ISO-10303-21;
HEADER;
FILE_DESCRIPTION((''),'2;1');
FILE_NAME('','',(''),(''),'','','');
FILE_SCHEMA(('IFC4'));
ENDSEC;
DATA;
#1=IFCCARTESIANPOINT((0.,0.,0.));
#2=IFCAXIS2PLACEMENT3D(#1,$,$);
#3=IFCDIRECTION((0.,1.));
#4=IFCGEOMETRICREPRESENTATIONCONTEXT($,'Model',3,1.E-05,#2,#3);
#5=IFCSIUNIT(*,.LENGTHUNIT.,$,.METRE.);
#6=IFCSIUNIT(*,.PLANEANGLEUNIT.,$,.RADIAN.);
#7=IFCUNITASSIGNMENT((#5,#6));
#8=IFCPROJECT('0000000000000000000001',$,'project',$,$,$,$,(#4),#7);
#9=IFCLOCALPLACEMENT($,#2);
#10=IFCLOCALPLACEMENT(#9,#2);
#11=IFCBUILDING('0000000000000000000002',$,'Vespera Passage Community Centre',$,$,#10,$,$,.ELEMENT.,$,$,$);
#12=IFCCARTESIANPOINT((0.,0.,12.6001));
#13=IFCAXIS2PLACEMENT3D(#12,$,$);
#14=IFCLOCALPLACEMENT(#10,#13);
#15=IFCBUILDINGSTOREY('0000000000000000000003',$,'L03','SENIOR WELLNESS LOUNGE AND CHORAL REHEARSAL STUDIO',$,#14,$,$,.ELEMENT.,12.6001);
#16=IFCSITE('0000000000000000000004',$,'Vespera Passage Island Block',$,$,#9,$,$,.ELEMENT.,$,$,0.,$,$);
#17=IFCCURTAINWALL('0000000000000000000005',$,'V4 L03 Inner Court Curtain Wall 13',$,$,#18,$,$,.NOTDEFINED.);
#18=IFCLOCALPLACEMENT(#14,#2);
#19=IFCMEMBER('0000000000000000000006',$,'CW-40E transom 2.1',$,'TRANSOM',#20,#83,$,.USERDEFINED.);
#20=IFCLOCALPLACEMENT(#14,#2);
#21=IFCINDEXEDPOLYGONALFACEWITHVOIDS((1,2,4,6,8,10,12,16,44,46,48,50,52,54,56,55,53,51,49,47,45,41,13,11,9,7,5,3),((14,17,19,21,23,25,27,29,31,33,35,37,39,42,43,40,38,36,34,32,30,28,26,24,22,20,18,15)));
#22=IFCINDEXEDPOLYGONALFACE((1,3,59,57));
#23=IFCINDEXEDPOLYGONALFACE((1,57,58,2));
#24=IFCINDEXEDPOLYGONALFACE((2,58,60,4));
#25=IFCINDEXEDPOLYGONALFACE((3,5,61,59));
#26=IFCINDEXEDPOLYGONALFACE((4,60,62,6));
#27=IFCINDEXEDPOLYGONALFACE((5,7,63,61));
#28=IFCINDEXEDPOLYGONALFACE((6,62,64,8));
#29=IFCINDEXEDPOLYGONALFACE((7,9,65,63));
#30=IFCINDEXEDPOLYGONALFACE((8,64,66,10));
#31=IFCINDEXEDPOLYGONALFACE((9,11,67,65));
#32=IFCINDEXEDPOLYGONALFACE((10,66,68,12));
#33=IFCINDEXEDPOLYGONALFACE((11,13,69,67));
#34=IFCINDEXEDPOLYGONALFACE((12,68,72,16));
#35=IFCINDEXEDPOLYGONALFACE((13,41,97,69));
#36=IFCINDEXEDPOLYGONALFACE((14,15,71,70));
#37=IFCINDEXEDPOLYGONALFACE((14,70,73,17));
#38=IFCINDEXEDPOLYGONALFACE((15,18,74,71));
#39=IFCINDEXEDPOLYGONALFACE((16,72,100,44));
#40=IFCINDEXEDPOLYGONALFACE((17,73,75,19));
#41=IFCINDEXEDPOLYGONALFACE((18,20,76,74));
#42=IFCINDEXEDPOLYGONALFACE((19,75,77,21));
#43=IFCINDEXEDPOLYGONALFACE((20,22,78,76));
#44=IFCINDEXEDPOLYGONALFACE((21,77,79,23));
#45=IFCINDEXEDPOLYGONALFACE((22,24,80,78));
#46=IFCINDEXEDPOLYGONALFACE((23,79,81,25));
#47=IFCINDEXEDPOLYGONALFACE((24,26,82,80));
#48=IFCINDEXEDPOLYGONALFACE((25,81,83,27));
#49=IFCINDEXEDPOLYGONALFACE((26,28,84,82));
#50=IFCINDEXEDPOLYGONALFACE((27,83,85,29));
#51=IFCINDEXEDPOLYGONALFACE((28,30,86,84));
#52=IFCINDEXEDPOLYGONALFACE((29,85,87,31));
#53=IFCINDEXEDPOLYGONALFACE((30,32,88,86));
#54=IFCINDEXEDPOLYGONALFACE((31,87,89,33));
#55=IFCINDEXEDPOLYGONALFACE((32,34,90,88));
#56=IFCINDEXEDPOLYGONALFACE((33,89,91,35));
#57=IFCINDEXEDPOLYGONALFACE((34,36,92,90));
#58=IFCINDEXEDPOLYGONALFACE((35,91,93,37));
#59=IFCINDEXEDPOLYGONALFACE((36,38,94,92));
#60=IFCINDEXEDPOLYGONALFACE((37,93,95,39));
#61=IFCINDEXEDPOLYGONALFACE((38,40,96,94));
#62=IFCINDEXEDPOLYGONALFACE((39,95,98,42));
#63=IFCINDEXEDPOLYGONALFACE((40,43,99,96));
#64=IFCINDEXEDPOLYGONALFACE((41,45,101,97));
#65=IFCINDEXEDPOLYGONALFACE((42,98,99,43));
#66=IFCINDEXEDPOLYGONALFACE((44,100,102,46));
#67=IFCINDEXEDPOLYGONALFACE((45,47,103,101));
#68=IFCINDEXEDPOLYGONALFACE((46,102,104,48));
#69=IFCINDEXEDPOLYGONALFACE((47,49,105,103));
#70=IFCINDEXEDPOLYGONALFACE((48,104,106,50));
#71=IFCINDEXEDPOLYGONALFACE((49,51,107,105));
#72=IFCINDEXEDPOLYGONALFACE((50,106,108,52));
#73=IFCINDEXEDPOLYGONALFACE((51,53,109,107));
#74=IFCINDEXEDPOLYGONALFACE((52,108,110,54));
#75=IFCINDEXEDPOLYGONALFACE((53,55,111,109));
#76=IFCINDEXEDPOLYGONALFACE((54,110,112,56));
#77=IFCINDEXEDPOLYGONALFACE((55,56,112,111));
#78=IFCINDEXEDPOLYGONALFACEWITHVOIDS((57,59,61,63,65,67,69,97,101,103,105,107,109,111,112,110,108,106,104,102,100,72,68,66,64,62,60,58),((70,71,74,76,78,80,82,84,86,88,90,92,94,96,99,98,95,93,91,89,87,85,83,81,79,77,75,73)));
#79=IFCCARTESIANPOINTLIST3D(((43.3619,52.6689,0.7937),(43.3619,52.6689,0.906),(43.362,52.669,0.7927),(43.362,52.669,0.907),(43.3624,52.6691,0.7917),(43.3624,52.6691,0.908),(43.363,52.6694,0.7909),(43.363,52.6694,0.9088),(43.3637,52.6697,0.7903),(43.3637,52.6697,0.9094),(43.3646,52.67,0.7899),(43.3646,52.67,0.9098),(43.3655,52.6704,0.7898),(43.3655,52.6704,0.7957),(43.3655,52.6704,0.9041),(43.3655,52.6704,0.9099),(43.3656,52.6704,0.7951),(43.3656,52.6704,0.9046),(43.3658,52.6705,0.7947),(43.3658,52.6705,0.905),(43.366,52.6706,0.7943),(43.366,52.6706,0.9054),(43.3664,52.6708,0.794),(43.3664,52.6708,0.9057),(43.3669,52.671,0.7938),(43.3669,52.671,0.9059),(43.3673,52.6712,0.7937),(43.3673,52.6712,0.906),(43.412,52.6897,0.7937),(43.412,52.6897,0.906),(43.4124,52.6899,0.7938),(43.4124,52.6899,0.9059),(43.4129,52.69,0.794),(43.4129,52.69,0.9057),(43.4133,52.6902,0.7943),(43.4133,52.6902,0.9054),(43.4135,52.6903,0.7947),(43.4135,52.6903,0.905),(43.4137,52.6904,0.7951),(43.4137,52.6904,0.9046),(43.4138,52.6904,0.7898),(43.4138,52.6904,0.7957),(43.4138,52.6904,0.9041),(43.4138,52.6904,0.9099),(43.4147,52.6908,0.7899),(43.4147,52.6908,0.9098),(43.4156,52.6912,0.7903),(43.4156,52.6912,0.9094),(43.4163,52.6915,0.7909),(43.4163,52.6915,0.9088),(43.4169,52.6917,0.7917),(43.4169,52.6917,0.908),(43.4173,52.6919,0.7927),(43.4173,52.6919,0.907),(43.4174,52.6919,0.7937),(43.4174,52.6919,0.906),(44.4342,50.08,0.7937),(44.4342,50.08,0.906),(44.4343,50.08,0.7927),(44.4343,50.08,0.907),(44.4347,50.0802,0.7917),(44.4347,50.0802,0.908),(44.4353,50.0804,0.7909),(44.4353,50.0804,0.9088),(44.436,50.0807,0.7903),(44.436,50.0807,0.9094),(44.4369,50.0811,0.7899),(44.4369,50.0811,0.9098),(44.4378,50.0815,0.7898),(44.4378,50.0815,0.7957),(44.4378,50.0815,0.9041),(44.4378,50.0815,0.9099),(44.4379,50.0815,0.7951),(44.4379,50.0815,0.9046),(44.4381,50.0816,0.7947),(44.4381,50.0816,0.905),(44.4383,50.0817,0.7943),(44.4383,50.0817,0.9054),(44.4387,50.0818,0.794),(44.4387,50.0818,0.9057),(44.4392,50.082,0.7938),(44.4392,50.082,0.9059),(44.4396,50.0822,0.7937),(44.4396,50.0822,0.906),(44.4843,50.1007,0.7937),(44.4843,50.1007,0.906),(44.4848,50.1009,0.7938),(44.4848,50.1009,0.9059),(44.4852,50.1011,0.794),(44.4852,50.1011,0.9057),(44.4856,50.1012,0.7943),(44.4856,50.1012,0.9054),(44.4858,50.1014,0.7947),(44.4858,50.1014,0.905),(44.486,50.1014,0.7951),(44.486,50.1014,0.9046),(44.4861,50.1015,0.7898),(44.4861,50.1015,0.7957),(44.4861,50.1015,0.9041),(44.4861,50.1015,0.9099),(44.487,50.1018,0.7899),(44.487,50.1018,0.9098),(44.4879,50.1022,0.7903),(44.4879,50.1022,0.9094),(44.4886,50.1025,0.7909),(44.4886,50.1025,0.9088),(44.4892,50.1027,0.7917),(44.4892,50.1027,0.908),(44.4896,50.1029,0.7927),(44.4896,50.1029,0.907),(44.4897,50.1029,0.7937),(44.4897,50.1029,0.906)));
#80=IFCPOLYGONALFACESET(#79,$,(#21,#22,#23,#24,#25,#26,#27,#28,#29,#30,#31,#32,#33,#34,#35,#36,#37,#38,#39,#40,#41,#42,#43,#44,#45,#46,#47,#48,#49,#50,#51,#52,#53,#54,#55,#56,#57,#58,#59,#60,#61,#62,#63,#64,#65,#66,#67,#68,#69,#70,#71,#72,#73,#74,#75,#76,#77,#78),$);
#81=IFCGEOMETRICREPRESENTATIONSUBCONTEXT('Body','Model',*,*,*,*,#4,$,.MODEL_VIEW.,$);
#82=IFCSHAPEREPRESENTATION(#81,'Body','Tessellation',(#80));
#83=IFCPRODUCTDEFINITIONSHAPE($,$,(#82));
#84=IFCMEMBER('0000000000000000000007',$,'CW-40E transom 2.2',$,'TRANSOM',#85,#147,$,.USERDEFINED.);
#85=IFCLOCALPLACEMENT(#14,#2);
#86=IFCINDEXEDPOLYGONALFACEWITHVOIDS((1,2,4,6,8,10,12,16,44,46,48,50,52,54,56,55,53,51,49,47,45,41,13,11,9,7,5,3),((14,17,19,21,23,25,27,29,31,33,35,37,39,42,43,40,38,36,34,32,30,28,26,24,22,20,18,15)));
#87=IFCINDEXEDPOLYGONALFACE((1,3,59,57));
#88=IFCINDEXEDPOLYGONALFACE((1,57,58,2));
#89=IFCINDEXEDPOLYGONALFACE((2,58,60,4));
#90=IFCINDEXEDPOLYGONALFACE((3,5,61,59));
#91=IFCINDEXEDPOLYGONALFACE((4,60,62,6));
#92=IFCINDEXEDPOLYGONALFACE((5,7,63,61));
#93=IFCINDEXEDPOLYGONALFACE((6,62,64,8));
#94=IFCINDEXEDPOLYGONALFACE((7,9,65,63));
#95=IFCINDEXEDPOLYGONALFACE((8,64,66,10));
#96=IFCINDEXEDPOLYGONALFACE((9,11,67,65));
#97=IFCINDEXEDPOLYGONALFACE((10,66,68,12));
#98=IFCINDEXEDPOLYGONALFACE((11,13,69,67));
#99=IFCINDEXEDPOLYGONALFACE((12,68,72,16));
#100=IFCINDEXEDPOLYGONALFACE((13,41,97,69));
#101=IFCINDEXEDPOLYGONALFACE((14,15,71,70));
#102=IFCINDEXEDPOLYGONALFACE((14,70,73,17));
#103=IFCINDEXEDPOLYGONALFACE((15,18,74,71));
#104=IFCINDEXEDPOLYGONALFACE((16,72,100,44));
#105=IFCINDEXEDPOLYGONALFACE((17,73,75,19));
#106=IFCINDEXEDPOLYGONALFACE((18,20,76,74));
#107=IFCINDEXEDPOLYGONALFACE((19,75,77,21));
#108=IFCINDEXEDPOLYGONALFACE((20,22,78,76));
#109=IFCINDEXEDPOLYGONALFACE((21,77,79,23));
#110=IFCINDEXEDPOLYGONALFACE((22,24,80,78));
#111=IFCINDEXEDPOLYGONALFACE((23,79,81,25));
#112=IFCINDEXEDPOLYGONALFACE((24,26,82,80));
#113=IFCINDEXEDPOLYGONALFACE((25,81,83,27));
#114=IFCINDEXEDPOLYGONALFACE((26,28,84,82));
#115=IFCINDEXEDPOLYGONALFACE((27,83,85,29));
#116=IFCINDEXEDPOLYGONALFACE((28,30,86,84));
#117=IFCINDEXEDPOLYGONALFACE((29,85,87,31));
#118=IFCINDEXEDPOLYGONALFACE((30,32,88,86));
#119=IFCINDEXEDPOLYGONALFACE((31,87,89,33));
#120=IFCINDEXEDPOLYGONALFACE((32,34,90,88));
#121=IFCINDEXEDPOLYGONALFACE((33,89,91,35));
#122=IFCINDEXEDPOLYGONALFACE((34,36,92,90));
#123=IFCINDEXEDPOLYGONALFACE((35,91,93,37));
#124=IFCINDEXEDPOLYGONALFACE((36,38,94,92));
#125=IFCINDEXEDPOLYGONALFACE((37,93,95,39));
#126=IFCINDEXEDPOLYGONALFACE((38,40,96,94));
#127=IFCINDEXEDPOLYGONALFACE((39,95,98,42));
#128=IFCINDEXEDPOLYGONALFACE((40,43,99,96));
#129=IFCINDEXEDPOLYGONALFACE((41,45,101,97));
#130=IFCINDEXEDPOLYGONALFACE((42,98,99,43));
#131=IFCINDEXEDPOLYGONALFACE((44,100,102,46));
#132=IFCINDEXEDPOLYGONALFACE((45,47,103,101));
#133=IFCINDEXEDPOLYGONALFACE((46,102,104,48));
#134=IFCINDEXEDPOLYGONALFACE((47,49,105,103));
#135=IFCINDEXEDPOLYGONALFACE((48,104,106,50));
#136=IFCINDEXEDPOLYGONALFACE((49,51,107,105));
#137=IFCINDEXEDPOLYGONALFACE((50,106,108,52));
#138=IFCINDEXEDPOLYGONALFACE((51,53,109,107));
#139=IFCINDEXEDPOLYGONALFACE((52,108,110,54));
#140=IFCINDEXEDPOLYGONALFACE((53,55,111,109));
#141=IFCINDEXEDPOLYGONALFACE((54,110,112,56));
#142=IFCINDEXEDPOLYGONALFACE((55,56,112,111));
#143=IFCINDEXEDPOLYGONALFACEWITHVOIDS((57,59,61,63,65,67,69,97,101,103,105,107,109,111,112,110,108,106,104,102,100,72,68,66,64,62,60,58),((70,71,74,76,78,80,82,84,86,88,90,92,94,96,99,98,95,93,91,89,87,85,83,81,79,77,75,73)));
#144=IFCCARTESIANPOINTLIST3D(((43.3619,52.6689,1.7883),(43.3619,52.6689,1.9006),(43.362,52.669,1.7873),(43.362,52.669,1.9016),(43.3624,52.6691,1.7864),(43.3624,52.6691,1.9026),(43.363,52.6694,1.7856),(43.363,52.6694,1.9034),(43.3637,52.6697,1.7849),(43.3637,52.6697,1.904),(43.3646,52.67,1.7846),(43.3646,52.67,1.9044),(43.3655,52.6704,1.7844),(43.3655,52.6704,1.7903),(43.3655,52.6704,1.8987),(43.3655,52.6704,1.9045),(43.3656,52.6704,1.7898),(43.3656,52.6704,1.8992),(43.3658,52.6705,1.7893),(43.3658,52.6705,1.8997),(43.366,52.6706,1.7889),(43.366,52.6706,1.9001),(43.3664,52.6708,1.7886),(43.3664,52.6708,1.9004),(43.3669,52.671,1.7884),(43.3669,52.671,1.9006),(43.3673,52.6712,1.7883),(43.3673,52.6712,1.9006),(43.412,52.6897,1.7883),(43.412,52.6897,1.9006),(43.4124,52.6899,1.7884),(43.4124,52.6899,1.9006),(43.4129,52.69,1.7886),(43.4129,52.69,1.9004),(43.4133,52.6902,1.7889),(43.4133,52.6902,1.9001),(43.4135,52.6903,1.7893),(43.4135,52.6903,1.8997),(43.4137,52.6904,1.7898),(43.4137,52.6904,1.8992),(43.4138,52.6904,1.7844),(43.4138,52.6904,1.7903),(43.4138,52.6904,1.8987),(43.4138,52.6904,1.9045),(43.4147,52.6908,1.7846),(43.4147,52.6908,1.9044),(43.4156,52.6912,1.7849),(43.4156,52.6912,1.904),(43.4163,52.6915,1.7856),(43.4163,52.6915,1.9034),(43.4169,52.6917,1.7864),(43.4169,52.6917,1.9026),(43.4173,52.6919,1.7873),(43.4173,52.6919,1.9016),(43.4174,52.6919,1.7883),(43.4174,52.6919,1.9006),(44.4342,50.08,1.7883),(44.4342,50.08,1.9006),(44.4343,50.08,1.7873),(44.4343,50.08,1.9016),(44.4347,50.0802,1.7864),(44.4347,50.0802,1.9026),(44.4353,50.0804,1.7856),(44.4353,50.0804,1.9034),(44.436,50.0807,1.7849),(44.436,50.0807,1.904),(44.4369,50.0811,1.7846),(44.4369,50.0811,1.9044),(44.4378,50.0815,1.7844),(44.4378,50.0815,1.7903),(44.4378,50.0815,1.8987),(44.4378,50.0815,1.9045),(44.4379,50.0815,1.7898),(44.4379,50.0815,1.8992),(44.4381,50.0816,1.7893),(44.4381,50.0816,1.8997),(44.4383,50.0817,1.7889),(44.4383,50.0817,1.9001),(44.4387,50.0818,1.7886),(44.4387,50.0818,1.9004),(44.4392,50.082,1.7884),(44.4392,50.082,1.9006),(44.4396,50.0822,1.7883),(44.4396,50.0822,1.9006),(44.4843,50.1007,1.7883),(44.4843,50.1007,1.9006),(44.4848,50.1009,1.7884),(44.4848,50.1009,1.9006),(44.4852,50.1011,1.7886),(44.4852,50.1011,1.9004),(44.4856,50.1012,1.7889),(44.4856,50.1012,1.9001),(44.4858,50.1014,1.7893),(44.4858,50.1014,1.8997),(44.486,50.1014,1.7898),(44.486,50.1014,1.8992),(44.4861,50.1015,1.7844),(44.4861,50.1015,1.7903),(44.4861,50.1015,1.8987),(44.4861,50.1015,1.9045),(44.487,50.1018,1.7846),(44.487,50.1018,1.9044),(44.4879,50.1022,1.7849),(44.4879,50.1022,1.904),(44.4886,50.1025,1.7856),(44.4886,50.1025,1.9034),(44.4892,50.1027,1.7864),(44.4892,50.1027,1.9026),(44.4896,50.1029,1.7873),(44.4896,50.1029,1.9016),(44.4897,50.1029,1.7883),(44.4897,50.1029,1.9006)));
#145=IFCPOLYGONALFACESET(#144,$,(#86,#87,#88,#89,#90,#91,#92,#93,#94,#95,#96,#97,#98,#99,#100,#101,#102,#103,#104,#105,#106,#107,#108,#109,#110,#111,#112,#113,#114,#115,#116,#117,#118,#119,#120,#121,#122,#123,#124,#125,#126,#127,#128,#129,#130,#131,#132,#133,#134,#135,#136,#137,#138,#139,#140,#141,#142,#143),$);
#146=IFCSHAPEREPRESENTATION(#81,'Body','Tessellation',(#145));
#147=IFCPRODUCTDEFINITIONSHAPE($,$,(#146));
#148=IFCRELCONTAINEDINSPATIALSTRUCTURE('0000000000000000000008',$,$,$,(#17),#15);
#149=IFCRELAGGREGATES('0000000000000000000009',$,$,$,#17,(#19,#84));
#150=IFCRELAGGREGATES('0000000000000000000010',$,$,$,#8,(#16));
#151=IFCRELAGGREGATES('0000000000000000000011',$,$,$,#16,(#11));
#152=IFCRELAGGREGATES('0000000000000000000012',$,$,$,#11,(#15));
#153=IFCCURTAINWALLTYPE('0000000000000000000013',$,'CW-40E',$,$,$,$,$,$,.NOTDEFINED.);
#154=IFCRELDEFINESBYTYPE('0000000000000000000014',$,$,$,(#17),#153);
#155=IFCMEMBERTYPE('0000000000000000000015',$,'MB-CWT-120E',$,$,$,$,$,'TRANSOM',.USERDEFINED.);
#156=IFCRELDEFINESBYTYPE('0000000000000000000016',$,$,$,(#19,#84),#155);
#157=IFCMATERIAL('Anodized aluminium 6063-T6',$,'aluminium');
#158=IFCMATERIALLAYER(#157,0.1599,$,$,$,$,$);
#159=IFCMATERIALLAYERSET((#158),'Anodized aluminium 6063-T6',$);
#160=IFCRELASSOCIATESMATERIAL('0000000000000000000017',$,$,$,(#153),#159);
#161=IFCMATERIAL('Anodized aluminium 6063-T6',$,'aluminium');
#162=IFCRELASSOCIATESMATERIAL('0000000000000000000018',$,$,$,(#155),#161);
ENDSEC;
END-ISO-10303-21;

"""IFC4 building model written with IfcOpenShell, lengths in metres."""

from ifc_helpers import new_model, si_unit, direction, frame, origin, origin_2d, place, context, subcontext, project, spatial, hollow_rectangle, extrude, material, layer, layer_set, material_profile, profile_set, type_object, element, aggregate, save


model = new_model("IFC4")

# Units and contexts
model_context = context("Model", 3, precision=1e-05, world=origin(), true_north=direction((0.0, 1.0)))
body_context = subcontext(model_context, "Body", "Model", "MODEL_VIEW")
ifc_project = project(units=[si_unit("LENGTHUNIT", "METRE"), si_unit("PLANEANGLEUNIT", "RADIAN")], contexts=[model_context])

# Site, building, storey
site_placement = place(None, origin())
site = spatial("IfcSite", under=ifc_project, at=site_placement, Name="Vespera Passage Island Block", CompositionType="ELEMENT", RefElevation=0.0)
building_placement = place(site_placement, origin())
building = spatial("IfcBuilding", under=site, at=building_placement, Name="Vespera Passage Community Centre", CompositionType="ELEMENT")
storey_placement = place(building_placement, frame((0.0, 0.0, 12.6001)))
storey = spatial("IfcBuildingStorey", under=building, at=storey_placement, Name="L03", Description="SENIOR WELLNESS LOUNGE AND CHORAL REHEARSAL STUDIO", CompositionType="ELEMENT", Elevation=12.6001)

# Curtain wall
ifc_material_1 = material(Name="Anodized aluminium 6063-T6", Category="aluminium")
ifc_layer_1 = layer(ifc_material_1, 0.1599)
ifc_layer_set_1 = layer_set([ifc_layer_1], Name="Anodized aluminium 6063-T6")
curtain_wall_type_1 = type_object("IfcCurtainWallType", Name="CW-40E", PredefinedType="NOTDEFINED", material=ifc_layer_set_1)
curtain_wall_1_placement = place(storey_placement, origin())
curtain_wall_1 = element("IfcCurtainWall", 1, at=curtain_wall_1_placement, inside=storey, type_object=curtain_wall_type_1, Name="V4 L03 Inner Court Curtain Wall 13", PredefinedType="NOTDEFINED")

# Members
ifc_material_2 = material(Name="Anodized aluminium 6063-T6", Category="aluminium")
ifc_material_profile_1 = material_profile(ifc_material_2, hollow_rectangle(XDim=0.0601, YDim=0.1201, WallThickness=0.0039, InnerFilletRadius=0.002, OuterFilletRadius=0.0039, at=origin_2d()), Name="ALU120X60X4")
ifc_profile_set_1 = profile_set([ifc_material_profile_1], Name="Anodized aluminium 6063-T6")
member_type_1 = type_object("IfcMemberType", Name="MB-CWT-120E", ElementType="TRANSOM", PredefinedType="USERDEFINED", material=ifc_profile_set_1)
member_1_placement = place(storey_placement, frame((43.3896, 52.6804, 0.8499), z_axis=(0.38266, -0.923889, 0.0), x_axis=(0.923889, 0.38266, 0.0)))
member_1 = element("IfcMember", 2, at=member_1_placement, type_object=member_type_1, Name="CW-40E transom 2.1", ObjectType="TRANSOM", PredefinedType="USERDEFINED", context=body_context, shape_type="SweptSolid", body=[
    extrude(hollow_rectangle(XDim=0.0601, YDim=0.1201, WallThickness=0.0039, InnerFilletRadius=0.002, OuterFilletRadius=0.0039, at=origin_2d()), origin(), (0.0, 0.0, 1.0), 2.8022),
])
member_2_placement = place(storey_placement, frame((43.3896, 52.6804, 1.8445), z_axis=(0.38266, -0.923889, 0.0), x_axis=(0.923889, 0.38266, 0.0)))
member_2 = element("IfcMember", 3, at=member_2_placement, type_object=member_type_1, Name="CW-40E transom 2.2", ObjectType="TRANSOM", PredefinedType="USERDEFINED", context=body_context, shape_type="SweptSolid", body=[
    extrude(hollow_rectangle(XDim=0.0601, YDim=0.1201, WallThickness=0.0039, InnerFilletRadius=0.002, OuterFilletRadius=0.0039, at=origin_2d()), origin(), (0.0, 0.0, 1.0), 2.8022),
])

aggregate(curtain_wall_1, [member_1, member_2])

save(model, "model.ifc")
